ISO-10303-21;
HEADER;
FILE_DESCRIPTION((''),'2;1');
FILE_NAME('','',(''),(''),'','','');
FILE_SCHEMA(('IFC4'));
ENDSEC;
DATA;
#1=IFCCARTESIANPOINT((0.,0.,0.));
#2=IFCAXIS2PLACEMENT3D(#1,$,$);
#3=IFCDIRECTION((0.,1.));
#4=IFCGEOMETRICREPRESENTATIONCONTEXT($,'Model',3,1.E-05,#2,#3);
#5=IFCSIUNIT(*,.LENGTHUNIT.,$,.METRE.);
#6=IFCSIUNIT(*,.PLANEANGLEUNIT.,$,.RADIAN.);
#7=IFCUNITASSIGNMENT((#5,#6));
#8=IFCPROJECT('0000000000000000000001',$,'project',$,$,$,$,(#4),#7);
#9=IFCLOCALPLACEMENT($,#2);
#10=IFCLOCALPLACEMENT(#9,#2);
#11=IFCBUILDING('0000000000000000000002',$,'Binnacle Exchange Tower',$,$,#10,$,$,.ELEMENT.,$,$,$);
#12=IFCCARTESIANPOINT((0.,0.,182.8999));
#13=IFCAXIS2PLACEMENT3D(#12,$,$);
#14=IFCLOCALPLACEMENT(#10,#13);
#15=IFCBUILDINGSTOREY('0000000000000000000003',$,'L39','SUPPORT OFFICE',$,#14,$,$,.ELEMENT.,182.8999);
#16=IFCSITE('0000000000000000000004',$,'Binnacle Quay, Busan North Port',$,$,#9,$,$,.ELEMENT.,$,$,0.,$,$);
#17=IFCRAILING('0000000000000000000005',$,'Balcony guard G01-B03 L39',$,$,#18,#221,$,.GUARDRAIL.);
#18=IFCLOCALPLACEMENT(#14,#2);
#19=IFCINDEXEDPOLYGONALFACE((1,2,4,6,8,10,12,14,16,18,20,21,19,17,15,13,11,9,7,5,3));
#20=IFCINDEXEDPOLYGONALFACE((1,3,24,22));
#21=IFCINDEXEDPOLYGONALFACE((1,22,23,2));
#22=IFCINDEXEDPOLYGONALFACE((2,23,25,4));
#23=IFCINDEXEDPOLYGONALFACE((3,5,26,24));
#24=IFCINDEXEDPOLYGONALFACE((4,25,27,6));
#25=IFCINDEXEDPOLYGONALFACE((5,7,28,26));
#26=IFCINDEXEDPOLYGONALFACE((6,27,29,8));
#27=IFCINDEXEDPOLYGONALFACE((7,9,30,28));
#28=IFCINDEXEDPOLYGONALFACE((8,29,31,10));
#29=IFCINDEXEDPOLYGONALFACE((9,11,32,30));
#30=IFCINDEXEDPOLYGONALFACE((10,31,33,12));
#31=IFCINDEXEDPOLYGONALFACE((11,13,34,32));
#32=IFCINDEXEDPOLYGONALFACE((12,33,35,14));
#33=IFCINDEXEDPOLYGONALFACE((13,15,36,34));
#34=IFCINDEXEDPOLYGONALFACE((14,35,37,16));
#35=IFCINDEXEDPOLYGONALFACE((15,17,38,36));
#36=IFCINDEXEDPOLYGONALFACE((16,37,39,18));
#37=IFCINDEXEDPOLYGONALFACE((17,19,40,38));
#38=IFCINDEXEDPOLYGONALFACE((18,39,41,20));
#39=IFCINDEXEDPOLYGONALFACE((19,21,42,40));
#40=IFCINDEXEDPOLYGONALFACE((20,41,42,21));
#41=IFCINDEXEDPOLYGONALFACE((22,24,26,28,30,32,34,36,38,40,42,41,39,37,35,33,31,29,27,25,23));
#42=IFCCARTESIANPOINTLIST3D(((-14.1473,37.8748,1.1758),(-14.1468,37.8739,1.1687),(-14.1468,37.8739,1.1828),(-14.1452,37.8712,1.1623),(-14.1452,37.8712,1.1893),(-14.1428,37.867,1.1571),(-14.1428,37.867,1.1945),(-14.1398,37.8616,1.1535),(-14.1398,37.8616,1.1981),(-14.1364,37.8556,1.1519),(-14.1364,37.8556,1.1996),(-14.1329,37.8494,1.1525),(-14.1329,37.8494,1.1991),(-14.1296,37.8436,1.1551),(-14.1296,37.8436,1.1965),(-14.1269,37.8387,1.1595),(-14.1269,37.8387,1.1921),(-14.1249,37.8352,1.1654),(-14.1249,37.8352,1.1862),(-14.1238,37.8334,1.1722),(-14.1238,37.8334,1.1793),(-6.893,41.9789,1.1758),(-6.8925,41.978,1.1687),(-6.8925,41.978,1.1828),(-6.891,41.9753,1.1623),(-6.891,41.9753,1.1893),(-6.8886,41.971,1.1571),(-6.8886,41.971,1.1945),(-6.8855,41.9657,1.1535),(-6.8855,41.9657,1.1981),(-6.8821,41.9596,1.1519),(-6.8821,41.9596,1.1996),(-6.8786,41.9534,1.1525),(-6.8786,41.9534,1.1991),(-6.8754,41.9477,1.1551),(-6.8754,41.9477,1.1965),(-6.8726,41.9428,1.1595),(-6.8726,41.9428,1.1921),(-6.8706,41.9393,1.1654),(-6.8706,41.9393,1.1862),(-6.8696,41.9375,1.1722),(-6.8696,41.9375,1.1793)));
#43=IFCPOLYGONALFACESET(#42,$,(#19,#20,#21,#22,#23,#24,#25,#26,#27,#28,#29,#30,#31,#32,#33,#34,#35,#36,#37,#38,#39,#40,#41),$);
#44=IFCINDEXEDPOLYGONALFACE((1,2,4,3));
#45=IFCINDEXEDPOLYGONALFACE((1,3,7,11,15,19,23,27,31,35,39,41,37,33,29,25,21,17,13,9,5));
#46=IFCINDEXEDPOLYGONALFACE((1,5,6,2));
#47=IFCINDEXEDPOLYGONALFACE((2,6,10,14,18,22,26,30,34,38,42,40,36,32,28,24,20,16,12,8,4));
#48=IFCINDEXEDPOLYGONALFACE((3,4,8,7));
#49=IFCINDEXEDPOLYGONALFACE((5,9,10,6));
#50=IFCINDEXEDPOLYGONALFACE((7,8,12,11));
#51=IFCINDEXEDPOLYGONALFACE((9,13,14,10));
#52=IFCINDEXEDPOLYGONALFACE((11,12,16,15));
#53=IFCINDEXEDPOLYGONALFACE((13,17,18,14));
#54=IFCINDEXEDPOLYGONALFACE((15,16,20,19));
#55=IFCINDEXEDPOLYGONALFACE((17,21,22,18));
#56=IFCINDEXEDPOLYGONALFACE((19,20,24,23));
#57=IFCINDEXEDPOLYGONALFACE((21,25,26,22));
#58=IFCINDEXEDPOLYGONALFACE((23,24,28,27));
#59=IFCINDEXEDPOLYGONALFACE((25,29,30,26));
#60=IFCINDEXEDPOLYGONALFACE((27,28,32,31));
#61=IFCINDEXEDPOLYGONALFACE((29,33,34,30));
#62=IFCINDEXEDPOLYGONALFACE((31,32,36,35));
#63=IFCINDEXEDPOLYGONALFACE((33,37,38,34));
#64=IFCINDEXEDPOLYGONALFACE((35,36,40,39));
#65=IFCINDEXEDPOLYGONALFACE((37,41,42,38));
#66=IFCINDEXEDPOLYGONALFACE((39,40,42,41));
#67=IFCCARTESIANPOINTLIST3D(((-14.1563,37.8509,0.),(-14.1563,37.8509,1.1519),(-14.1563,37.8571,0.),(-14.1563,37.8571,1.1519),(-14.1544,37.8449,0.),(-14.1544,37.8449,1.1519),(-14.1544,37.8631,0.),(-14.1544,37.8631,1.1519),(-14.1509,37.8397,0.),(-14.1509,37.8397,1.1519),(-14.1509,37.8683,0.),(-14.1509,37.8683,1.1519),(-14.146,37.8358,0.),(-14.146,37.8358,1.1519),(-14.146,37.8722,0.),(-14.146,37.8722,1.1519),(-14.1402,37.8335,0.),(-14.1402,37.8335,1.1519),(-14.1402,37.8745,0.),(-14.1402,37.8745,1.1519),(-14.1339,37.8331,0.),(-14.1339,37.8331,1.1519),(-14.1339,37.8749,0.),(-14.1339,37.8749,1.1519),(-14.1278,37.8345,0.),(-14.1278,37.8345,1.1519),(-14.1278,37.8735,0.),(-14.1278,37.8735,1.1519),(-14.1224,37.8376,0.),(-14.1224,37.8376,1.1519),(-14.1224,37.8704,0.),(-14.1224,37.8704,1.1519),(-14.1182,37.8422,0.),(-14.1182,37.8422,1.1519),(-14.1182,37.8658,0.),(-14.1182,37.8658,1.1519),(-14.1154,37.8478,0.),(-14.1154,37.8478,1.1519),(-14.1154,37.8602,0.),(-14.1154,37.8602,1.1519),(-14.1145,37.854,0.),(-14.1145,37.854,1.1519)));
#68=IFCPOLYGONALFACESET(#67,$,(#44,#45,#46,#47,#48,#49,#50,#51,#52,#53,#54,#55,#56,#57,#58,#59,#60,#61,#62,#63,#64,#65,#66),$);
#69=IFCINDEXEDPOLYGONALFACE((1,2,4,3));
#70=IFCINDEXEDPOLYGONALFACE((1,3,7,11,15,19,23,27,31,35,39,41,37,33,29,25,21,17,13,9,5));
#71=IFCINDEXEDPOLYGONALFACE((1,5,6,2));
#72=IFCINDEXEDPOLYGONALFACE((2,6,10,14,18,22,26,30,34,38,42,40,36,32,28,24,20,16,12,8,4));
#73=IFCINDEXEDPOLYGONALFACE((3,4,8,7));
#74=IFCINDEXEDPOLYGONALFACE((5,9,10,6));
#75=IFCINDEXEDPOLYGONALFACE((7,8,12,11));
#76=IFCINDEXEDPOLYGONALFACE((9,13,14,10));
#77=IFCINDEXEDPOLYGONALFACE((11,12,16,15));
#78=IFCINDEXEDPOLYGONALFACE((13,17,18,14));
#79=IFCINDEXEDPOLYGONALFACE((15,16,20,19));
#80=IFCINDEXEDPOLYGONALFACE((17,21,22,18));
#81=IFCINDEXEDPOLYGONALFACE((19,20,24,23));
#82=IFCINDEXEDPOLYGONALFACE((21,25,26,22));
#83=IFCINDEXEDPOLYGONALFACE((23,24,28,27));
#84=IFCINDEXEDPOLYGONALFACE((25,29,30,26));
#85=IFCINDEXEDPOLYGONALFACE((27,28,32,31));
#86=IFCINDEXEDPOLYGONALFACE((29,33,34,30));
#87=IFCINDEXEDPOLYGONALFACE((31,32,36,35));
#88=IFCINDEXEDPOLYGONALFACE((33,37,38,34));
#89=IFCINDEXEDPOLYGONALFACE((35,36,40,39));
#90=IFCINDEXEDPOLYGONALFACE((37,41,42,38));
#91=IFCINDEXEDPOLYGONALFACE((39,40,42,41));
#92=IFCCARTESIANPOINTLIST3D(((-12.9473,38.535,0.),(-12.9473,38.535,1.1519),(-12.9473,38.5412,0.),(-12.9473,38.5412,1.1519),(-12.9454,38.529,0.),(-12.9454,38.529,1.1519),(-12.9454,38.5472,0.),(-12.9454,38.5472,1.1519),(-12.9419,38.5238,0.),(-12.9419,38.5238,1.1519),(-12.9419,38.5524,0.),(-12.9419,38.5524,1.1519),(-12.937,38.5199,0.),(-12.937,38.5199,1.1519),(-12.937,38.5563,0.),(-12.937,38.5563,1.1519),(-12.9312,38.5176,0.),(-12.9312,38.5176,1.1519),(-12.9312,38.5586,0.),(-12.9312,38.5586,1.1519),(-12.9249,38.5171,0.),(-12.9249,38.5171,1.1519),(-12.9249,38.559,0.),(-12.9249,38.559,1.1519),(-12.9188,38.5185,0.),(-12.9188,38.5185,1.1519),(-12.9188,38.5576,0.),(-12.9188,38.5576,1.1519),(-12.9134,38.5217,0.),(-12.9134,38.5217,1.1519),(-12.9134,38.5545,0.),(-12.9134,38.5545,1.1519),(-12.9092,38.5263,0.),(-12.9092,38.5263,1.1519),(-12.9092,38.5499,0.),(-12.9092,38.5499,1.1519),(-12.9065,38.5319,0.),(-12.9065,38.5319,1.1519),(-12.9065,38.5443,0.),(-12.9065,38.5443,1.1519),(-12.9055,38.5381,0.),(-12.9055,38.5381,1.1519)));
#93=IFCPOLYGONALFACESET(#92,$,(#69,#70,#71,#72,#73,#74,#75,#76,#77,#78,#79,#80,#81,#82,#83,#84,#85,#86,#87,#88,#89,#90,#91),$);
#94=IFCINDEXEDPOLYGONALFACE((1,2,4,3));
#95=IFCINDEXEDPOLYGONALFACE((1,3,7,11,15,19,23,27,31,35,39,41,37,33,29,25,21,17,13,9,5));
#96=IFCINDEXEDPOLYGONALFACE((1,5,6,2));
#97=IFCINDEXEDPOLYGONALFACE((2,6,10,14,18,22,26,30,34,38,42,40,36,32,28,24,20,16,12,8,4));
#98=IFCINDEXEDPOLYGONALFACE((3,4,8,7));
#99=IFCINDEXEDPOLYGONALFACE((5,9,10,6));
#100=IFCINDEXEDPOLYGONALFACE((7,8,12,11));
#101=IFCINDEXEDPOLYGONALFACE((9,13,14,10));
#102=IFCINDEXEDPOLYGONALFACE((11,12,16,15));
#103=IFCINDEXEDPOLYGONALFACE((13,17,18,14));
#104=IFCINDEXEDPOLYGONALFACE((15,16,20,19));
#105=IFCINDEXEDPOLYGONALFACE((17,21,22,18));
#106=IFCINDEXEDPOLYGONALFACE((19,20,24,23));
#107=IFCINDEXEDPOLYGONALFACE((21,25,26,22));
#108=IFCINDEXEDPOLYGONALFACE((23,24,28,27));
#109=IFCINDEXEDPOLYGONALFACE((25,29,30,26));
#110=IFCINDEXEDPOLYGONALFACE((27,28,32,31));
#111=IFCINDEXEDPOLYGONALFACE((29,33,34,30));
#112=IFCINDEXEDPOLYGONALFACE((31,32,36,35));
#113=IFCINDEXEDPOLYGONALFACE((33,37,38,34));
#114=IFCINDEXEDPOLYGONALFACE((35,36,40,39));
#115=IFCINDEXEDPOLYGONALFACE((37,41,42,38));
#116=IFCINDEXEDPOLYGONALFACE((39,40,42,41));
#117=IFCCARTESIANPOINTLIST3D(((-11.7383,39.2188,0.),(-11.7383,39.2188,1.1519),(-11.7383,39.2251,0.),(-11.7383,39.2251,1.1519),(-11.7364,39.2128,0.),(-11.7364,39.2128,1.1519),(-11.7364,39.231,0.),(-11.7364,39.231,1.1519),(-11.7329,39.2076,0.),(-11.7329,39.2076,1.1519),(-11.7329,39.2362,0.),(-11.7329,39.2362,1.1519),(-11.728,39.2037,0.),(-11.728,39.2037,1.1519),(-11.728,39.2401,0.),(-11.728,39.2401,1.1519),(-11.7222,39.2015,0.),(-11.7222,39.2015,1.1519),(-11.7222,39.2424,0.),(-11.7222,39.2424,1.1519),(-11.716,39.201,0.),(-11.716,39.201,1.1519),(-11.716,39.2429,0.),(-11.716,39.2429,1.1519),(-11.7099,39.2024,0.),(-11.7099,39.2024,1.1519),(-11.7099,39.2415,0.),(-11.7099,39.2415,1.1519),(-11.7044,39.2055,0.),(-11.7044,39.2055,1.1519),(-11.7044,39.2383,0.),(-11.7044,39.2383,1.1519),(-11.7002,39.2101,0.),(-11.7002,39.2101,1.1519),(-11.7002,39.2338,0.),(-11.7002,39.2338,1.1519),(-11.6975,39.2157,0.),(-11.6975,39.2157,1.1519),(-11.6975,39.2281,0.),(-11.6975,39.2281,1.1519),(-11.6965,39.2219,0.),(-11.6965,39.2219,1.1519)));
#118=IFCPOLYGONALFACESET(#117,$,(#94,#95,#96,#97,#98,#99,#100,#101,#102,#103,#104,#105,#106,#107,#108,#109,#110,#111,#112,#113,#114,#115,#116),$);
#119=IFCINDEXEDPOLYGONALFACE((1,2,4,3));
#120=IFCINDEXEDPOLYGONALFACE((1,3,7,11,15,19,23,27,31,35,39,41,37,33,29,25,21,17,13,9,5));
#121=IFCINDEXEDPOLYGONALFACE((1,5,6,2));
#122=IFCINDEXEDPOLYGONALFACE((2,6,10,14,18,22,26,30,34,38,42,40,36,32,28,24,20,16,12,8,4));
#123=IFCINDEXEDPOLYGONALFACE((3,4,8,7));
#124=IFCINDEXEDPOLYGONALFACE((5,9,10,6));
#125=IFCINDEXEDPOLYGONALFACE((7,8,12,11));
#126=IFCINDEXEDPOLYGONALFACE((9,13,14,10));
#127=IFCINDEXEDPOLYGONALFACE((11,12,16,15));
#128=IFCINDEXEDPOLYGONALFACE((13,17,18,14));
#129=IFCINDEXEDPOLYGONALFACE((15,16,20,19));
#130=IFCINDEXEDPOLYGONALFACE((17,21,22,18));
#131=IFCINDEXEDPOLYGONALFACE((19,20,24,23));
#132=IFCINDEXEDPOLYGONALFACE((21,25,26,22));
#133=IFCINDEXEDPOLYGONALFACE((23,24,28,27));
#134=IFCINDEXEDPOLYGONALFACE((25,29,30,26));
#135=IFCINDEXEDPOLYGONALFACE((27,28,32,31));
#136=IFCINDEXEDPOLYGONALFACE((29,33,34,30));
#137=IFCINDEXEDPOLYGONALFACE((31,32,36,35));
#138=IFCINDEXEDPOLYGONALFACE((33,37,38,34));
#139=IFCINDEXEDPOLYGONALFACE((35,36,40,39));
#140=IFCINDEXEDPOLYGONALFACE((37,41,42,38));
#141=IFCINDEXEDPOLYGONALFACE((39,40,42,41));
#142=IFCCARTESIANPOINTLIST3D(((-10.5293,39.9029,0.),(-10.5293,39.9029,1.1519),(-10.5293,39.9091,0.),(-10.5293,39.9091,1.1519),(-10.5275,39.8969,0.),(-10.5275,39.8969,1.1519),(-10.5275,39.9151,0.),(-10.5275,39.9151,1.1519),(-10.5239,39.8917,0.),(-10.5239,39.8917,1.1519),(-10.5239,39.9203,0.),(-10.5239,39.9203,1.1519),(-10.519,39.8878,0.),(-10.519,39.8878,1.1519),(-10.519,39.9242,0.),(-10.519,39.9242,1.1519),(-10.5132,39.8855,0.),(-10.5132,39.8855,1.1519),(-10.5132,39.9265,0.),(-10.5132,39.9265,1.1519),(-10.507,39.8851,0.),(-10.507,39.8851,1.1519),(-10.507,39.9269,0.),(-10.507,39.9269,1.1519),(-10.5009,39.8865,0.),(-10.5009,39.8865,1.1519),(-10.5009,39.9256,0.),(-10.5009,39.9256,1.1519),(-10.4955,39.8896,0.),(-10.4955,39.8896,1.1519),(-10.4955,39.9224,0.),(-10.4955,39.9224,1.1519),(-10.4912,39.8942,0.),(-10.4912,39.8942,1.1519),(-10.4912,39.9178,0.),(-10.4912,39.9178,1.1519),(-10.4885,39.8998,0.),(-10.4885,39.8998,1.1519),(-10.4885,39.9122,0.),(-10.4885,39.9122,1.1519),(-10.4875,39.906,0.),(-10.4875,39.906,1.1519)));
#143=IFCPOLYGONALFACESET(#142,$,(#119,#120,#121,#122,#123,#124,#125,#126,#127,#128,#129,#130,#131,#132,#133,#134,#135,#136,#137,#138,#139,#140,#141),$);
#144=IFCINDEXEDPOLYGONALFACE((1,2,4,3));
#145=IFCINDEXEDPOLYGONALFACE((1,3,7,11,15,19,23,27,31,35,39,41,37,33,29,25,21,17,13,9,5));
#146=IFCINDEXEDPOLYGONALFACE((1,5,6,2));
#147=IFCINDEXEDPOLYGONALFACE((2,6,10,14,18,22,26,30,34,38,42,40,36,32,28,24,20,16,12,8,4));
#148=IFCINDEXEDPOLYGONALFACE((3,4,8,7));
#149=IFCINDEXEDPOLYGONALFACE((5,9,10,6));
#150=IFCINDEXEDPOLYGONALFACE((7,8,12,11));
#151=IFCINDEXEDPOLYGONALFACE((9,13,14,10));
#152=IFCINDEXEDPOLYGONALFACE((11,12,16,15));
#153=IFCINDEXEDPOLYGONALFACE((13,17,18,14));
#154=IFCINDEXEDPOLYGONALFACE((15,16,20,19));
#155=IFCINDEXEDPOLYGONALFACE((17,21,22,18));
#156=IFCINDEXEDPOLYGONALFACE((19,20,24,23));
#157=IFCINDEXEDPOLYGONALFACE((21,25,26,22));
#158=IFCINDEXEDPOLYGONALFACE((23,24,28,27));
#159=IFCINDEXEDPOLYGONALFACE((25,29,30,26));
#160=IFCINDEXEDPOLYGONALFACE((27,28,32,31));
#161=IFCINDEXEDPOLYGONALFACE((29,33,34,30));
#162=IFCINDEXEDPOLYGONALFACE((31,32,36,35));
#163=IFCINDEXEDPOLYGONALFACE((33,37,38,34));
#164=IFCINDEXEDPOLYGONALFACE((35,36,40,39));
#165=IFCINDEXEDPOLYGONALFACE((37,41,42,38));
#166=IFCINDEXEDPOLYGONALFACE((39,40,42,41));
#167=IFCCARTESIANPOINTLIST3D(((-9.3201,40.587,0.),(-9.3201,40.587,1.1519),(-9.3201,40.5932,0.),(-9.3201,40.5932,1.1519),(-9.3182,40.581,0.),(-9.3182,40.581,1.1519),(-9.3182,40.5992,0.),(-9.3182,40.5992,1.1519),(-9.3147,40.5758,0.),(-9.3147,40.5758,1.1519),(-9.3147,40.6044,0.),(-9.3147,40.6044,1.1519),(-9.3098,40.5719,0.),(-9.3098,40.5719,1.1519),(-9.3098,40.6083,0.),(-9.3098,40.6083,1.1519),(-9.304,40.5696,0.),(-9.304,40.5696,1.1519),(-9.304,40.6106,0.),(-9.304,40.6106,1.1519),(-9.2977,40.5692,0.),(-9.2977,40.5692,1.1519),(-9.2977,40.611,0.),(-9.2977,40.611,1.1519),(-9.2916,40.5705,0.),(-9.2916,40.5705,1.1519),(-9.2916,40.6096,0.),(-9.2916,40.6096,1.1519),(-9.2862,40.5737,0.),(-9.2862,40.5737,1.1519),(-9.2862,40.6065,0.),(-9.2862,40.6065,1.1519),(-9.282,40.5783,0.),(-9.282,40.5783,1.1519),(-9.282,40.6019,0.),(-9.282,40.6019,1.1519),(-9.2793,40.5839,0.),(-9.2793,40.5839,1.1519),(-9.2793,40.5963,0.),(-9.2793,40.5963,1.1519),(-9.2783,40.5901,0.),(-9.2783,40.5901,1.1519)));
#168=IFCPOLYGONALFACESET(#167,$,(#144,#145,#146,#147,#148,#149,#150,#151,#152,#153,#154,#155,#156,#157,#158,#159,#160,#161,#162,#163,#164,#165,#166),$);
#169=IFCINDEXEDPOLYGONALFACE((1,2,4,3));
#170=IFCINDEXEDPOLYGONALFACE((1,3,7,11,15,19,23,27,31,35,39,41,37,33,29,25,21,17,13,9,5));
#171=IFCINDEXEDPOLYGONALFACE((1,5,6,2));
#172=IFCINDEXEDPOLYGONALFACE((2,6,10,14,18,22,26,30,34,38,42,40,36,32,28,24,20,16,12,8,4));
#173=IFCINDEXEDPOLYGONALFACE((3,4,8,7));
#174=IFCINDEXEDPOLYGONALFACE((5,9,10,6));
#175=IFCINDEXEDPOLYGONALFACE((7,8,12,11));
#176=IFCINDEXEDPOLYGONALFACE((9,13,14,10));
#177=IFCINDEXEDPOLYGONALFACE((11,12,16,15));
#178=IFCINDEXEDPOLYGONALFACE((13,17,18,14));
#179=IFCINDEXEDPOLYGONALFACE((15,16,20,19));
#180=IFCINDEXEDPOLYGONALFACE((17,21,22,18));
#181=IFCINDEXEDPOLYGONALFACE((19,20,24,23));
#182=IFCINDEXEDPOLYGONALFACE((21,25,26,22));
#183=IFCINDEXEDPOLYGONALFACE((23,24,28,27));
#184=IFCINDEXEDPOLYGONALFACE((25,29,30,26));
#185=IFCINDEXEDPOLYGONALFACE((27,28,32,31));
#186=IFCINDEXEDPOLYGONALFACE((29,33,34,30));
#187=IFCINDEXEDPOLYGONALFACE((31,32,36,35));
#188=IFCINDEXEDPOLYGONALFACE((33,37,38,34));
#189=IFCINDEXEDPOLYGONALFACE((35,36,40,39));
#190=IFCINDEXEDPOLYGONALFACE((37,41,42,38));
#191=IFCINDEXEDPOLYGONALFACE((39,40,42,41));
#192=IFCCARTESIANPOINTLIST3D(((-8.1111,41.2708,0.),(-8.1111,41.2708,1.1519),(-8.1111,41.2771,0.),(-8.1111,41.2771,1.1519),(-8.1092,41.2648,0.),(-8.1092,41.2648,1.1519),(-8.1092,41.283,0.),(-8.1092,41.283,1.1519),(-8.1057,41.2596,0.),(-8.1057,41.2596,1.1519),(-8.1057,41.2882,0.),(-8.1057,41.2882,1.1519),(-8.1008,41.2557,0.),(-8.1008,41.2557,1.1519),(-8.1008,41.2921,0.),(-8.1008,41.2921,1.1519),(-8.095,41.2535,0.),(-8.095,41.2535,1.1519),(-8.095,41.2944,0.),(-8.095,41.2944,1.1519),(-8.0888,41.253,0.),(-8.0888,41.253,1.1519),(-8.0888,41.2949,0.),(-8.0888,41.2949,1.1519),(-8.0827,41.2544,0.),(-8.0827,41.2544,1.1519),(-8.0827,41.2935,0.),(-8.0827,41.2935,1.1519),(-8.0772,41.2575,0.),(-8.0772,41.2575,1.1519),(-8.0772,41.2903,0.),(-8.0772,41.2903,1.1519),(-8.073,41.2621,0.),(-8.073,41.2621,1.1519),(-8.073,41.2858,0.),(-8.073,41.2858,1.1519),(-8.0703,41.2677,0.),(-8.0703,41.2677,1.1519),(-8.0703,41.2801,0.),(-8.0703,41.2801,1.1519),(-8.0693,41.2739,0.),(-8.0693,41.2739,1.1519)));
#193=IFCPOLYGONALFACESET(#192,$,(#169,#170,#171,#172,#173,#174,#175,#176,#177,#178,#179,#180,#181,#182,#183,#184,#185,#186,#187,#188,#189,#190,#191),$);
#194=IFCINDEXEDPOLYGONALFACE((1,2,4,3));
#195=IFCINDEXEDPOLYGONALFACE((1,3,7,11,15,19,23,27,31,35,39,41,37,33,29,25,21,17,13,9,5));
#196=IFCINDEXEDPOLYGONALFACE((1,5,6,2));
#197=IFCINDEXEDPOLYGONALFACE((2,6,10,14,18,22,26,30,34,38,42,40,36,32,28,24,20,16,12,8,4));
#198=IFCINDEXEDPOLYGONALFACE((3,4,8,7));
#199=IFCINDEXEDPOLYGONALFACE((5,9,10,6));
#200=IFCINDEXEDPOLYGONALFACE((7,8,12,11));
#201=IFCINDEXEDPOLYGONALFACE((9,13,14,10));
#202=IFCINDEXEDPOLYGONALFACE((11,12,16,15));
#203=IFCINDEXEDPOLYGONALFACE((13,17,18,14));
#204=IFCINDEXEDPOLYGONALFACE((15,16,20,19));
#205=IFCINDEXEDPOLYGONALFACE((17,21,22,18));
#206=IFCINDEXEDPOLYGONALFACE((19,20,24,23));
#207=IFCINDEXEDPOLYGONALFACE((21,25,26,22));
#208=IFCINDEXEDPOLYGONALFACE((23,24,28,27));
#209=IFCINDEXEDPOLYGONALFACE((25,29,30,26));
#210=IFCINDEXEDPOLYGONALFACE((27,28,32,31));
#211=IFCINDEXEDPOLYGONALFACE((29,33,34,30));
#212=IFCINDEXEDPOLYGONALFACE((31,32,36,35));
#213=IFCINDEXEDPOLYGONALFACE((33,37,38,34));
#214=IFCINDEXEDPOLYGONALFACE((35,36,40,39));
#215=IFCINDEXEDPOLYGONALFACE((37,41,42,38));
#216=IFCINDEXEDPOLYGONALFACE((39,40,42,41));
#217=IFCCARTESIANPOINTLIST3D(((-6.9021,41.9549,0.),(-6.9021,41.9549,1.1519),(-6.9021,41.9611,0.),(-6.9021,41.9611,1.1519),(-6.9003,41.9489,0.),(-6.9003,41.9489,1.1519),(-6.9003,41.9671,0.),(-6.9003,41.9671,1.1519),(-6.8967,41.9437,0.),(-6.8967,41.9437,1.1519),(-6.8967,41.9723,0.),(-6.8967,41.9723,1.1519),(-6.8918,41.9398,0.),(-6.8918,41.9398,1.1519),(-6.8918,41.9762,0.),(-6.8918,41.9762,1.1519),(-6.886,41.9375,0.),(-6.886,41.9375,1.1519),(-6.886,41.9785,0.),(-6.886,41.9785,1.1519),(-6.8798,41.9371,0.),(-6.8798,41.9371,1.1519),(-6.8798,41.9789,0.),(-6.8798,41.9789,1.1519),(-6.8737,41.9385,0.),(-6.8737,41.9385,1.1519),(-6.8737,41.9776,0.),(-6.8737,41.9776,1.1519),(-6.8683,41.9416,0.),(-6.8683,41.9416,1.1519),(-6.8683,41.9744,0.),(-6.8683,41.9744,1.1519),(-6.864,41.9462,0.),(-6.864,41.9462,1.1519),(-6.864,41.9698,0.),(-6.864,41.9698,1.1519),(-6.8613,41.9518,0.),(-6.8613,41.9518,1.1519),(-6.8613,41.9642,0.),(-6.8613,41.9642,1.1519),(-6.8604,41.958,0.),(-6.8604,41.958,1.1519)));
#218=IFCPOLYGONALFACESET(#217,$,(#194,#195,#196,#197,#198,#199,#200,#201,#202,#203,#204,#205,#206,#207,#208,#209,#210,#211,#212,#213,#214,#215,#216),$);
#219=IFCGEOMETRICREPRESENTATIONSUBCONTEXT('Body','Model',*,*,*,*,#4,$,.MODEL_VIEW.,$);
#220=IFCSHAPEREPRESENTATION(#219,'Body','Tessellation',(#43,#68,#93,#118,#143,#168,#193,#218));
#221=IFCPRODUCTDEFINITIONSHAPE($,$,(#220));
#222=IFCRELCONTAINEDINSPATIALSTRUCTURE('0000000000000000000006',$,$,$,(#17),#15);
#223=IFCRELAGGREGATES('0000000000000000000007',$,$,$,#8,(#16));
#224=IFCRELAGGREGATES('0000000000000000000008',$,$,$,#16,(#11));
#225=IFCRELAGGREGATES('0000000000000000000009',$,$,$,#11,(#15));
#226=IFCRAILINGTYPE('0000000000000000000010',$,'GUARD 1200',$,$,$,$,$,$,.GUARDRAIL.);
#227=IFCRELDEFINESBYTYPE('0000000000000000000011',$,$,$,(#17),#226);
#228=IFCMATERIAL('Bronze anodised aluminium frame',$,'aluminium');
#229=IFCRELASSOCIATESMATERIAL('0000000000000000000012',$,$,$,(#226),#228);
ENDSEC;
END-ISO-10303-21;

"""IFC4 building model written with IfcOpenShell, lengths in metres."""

from ifc_helpers import new_model, si_unit, direction, frame, origin, origin_2d, place, context, subcontext, project, spatial, circle, extrude, material, type_object, element, save


model = new_model("IFC4")

# Units and contexts
model_context = context("Model", 3, precision=1e-05, world=origin(), true_north=direction((0.0, 1.0)))
body_context = subcontext(model_context, "Body", "Model", "MODEL_VIEW")
ifc_project = project(units=[si_unit("LENGTHUNIT", "METRE"), si_unit("PLANEANGLEUNIT", "RADIAN")], contexts=[model_context])

# Site, building, storey
site_placement = place(None, origin())
site = spatial("IfcSite", under=ifc_project, at=site_placement, Name="Binnacle Quay, Busan North Port", CompositionType="ELEMENT", RefElevation=0.0)
building_placement = place(site_placement, origin())
building = spatial("IfcBuilding", under=site, at=building_placement, Name="Binnacle Exchange Tower", CompositionType="ELEMENT")
storey_placement = place(building_placement, frame((0.0, 0.0, 182.8999)))
storey = spatial("IfcBuildingStorey", under=building, at=storey_placement, Name="L39", Description="SUPPORT OFFICE", CompositionType="ELEMENT", Elevation=182.8999)

# Railing
ifc_material_1 = material(Name="Bronze anodised aluminium frame", Category="aluminium")
railing_type_1 = type_object("IfcRailingType", Name="GUARD 1200", PredefinedType="GUARDRAIL", material=ifc_material_1)
railing_1_placement = place(storey_placement, frame((-14.1355, 37.854, 0.0)))
element("IfcRailing", 1, at=railing_1_placement, inside=storey, type_object=railing_type_1, Name="Balcony guard G01-B03 L39", PredefinedType="GUARDRAIL", context=body_context, shape_type="SweptSolid", body=[
    extrude(circle(Radius=0.0239, at=origin_2d()), frame((0.0, 0.0, 1.1758), z_axis=(0.870366, 0.492406, 0.0), x_axis=(-0.492406, 0.870366, 0.0)), (0.0, 0.0, 1.0), 8.3347),
    extrude(circle(Radius=0.021, at=origin_2d()), origin(), (0.0, 0.0, 1.0), 1.1519),
    extrude(circle(Radius=0.021, at=origin_2d()), frame((1.209, 0.6841, 0.0)), (0.0, 0.0, 1.0), 1.1519),
    extrude(circle(Radius=0.021, at=origin_2d()), frame((2.418, 1.3679, 0.0)), (0.0, 0.0, 1.0), 1.1519),
    extrude(circle(Radius=0.021, at=origin_2d()), frame((3.627, 2.052, 0.0)), (0.0, 0.0, 1.0), 1.1519),
    extrude(circle(Radius=0.021, at=origin_2d()), frame((4.8362, 2.7361, 0.0)), (0.0, 0.0, 1.0), 1.1519),
    extrude(circle(Radius=0.021, at=origin_2d()), frame((6.0452, 3.4199, 0.0)), (0.0, 0.0, 1.0), 1.1519),
    extrude(circle(Radius=0.021, at=origin_2d()), frame((7.2542, 4.104, 0.0)), (0.0, 0.0, 1.0), 1.1519),
])

save(model, "model.ifc")
